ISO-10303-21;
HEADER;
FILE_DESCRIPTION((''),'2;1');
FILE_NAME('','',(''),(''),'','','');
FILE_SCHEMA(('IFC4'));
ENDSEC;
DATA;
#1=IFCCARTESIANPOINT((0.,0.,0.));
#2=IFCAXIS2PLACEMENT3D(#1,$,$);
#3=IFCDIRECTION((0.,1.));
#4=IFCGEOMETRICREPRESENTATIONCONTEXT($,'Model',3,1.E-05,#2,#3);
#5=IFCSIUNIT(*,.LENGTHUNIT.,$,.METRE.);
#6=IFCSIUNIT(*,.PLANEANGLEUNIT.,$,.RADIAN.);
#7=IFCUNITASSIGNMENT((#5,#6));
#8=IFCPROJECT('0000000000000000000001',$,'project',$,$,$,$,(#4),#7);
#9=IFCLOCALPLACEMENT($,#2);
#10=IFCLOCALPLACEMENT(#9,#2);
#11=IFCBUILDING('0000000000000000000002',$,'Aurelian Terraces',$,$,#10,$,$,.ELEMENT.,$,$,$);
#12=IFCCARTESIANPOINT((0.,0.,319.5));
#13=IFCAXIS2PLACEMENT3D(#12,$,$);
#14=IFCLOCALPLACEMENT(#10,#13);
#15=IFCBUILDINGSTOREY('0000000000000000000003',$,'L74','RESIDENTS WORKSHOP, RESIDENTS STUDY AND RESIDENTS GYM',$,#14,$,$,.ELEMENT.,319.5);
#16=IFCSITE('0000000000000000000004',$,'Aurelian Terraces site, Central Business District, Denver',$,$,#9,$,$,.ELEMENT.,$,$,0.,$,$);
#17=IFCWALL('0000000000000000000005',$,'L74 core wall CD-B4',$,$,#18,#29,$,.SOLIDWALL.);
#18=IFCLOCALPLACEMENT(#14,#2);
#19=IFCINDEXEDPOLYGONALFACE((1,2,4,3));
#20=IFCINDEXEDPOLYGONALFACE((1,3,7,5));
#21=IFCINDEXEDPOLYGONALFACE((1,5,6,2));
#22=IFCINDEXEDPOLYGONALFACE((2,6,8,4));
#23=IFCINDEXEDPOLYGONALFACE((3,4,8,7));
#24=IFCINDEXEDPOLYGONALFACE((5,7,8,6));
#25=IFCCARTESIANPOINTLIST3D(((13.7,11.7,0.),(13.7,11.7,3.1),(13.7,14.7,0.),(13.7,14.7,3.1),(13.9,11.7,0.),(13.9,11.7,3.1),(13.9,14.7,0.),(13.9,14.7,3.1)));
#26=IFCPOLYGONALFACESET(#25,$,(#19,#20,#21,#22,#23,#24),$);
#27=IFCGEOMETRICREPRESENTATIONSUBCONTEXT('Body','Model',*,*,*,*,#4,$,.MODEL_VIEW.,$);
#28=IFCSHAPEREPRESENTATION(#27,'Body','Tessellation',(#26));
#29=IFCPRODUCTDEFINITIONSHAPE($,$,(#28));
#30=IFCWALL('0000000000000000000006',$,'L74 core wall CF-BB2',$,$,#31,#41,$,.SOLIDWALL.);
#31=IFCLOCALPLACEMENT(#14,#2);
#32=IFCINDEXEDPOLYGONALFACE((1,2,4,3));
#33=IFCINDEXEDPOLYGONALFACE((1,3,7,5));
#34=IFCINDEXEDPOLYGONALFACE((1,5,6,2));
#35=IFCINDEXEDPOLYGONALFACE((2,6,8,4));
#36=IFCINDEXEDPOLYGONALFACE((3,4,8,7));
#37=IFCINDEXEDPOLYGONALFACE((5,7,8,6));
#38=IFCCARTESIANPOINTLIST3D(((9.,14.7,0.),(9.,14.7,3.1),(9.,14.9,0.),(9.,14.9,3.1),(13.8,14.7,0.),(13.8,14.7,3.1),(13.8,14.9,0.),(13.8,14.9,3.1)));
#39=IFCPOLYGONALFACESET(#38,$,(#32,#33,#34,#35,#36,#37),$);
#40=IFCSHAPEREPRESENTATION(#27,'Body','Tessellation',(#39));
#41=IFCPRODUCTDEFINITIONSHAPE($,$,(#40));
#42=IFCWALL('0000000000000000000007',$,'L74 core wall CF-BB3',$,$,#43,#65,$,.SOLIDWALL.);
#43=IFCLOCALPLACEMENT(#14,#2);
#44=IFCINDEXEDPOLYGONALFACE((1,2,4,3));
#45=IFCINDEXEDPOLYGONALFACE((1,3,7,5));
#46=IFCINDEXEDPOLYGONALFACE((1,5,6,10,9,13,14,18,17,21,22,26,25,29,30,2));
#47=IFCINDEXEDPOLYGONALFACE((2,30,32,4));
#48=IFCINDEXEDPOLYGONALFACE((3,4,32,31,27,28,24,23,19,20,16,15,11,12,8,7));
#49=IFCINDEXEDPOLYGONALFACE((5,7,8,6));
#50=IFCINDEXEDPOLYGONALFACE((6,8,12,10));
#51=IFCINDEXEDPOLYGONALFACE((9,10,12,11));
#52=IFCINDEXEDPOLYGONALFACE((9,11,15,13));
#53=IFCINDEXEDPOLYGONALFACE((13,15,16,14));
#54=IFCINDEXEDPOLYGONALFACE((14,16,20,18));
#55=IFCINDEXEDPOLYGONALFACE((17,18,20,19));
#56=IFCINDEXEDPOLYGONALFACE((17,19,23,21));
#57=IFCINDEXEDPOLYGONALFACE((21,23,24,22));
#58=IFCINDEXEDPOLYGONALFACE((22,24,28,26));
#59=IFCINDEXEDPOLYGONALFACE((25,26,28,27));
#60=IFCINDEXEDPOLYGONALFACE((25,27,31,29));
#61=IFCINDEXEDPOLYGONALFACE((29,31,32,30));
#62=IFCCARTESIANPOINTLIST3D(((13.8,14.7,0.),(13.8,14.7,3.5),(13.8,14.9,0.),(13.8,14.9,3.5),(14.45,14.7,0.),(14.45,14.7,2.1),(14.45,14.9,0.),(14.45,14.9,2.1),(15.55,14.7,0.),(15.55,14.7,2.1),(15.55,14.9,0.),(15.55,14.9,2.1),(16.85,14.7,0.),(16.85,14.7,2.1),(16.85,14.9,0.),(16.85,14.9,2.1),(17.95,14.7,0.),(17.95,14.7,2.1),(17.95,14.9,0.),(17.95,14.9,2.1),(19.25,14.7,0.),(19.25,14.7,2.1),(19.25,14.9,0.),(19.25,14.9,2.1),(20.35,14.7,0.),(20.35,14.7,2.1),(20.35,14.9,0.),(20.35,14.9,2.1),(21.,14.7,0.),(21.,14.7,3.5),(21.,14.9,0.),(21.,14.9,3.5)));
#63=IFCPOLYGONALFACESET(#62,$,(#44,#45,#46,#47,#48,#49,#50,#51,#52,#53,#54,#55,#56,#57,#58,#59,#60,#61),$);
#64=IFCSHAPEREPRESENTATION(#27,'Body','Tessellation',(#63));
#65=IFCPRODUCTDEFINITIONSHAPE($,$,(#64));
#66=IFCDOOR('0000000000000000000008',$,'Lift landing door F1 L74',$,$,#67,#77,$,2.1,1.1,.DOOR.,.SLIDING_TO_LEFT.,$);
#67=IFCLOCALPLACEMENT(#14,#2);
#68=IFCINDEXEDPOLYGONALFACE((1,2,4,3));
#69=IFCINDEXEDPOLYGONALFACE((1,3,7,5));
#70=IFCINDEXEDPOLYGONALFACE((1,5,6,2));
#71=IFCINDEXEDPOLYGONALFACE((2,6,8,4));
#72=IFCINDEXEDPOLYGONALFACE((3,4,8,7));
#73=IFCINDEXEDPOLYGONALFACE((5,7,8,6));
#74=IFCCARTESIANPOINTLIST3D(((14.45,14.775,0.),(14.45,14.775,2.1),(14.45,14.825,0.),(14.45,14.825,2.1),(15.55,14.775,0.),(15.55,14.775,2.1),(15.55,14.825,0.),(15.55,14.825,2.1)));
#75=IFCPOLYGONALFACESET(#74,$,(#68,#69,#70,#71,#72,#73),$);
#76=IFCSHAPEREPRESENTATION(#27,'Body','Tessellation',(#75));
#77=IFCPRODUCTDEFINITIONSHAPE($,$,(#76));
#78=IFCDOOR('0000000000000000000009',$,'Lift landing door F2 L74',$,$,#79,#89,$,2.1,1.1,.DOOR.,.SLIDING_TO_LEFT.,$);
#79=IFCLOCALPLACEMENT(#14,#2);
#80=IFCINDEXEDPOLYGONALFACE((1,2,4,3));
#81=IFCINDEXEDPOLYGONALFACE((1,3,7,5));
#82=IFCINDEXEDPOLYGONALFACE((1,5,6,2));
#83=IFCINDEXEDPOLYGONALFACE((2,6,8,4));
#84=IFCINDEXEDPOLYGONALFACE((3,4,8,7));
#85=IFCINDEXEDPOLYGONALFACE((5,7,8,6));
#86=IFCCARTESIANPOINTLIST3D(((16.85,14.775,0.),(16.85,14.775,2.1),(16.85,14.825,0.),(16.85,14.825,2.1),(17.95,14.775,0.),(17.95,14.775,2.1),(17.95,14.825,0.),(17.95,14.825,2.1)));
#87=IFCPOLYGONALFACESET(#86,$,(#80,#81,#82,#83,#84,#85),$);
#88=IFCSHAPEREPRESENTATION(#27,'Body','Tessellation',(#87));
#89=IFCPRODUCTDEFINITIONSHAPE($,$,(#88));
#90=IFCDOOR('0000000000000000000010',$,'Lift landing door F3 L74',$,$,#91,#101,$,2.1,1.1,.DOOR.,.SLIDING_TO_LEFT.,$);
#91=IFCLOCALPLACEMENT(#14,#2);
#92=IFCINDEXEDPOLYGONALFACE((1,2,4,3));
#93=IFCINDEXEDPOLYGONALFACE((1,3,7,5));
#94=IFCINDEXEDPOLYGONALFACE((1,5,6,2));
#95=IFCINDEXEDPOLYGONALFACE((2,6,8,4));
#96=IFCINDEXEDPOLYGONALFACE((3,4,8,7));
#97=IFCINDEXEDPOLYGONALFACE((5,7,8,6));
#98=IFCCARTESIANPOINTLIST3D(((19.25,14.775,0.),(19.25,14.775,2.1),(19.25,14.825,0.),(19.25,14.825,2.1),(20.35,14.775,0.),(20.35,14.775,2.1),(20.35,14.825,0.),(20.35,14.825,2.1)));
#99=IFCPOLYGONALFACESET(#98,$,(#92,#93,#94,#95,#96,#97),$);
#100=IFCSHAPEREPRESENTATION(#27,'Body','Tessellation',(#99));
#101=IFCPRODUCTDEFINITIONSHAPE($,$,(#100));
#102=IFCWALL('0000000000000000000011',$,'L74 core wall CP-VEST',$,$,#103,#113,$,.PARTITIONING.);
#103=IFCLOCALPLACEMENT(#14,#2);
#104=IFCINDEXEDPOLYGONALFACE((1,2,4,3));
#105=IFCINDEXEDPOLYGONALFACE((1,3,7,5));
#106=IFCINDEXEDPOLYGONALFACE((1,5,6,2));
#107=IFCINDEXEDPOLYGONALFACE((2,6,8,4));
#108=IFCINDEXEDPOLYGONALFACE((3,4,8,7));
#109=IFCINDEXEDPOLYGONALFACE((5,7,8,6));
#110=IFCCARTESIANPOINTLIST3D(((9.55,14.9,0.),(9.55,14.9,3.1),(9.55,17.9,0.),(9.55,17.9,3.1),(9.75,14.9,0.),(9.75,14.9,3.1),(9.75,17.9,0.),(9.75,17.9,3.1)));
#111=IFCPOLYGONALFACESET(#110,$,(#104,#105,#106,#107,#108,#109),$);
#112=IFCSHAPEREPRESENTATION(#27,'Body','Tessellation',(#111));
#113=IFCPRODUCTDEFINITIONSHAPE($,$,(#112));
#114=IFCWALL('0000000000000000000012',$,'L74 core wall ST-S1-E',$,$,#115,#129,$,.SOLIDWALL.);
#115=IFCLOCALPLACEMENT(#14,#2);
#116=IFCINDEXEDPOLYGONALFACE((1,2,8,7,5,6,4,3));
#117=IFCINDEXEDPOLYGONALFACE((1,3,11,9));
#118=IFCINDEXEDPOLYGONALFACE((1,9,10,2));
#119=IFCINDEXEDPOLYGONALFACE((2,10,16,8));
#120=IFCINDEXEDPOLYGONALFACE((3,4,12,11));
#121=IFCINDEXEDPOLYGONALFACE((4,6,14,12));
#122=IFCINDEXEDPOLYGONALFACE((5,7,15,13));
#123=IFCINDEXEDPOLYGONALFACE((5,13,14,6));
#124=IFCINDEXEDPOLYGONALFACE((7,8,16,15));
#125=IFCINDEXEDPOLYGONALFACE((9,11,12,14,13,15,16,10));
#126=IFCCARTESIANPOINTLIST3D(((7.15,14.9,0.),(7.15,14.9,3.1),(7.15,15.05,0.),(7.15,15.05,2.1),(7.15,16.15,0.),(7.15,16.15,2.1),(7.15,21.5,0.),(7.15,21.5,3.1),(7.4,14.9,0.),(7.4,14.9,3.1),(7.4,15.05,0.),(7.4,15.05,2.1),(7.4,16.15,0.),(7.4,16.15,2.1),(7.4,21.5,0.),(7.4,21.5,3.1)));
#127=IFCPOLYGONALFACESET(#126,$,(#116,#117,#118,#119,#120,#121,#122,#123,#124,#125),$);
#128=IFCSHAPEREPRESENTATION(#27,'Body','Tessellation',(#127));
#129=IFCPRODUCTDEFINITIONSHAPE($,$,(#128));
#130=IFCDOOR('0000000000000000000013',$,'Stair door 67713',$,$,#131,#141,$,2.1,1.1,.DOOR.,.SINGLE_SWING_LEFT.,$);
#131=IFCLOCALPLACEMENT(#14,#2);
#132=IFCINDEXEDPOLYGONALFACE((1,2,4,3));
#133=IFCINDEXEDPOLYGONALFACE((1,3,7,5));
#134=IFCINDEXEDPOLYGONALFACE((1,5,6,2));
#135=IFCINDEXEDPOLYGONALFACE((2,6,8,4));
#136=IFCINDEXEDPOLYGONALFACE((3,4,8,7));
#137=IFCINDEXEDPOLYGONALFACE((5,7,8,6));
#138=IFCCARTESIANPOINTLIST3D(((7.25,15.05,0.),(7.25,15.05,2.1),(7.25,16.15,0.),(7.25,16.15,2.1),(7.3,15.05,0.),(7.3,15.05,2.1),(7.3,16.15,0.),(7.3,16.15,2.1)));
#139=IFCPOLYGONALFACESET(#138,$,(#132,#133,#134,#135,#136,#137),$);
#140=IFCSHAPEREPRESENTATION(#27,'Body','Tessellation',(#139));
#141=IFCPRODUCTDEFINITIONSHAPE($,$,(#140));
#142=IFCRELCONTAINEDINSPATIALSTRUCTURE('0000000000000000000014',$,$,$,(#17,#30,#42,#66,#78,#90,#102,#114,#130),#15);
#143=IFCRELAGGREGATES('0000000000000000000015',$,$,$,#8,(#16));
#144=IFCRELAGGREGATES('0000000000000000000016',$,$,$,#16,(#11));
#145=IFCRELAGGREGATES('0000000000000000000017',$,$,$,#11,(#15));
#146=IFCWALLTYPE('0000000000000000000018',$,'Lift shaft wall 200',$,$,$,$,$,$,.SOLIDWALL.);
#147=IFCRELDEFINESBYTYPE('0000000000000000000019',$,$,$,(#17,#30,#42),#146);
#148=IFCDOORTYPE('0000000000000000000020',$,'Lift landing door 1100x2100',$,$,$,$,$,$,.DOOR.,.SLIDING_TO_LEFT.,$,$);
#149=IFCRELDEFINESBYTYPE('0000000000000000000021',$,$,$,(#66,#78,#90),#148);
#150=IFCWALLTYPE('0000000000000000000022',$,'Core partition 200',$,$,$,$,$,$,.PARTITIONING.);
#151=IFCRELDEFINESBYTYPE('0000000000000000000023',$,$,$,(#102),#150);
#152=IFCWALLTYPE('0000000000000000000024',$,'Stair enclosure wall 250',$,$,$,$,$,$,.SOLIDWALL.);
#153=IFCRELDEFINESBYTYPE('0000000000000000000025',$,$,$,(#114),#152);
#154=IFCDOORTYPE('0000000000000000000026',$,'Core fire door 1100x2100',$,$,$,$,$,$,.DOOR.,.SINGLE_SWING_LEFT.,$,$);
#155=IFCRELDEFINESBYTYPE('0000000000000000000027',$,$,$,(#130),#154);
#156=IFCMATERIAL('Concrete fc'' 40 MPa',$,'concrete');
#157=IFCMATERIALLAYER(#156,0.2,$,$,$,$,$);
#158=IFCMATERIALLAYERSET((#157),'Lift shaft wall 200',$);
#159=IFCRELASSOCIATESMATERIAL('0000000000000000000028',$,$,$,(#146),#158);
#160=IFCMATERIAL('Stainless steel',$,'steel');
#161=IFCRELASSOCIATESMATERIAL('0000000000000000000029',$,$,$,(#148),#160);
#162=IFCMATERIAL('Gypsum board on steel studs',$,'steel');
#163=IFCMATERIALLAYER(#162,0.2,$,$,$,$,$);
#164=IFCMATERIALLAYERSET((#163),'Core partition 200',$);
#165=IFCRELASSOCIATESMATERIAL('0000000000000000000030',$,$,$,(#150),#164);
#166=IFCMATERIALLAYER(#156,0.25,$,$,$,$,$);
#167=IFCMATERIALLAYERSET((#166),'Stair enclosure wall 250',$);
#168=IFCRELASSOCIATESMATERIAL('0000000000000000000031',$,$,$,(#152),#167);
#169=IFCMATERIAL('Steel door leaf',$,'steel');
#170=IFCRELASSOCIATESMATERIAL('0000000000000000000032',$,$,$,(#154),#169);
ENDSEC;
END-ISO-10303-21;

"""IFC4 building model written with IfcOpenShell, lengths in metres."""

from ifc_helpers import new_model, si_unit, direction, frame, frame_2d, origin, place, context, subcontext, project, spatial, rectangle, extrude, source, transform, mapped, material, layer, layer_set, type_object, element, fill, save


model = new_model("IFC4")

# Units and contexts
model_context = context("Model", 3, precision=1e-05, world=origin(), true_north=direction((0.0, 1.0)))
body_context = subcontext(model_context, "Body", "Model", "MODEL_VIEW")
ifc_project = project(units=[si_unit("LENGTHUNIT", "METRE"), si_unit("PLANEANGLEUNIT", "RADIAN")], contexts=[model_context])

# Site, building, storey
site_placement = place(None, origin())
site = spatial("IfcSite", under=ifc_project, at=site_placement, Name="Aurelian Terraces site, Central Business District, Denver", CompositionType="ELEMENT", RefElevation=0.0)
building_placement = place(site_placement, origin())
building = spatial("IfcBuilding", under=site, at=building_placement, Name="Aurelian Terraces", CompositionType="ELEMENT")
storey_placement = place(building_placement, frame((0.0, 0.0, 319.5)))
storey = spatial("IfcBuildingStorey", under=building, at=storey_placement, Name="L74", Description="RESIDENTS WORKSHOP, RESIDENTS STUDY AND RESIDENTS GYM", CompositionType="ELEMENT", Elevation=319.5)

# Walls
ifc_material_1 = material(Name="Concrete fc' 40 MPa", Category="concrete")
ifc_layer_1 = layer(ifc_material_1, 0.2)
ifc_layer_set_1 = layer_set([ifc_layer_1], Name="Lift shaft wall 200")
wall_type_1 = type_object("IfcWallType", Name="Lift shaft wall 200", PredefinedType="SOLIDWALL", material=ifc_layer_set_1)
shared_shape_1 = source(origin(), body_context, "Body", "SweptSolid", [
    extrude(rectangle(XDim=3.0, YDim=0.2, at=frame_2d((1.5, 0.0))), origin(), (0.0, 0.0, 1.0), 3.1),
])
wall_1_placement = place(storey_placement, frame((13.8, 11.7, 0.0), z_axis=(0.0, 0.0, 1.0), x_axis=(0.0, 1.0, 0.0)))
element("IfcWall", 1, at=wall_1_placement, inside=storey, type_object=wall_type_1, Name="L74 core wall CD-B4", PredefinedType="SOLIDWALL", context=body_context, shape_type="MappedRepresentation", body=[
    mapped(shared_shape_1, transform((0.0, 0.0, 0.0), scale=1.0)),
])
shared_shape_2 = source(origin(), body_context, "Body", "SweptSolid", [
    extrude(rectangle(XDim=4.8, YDim=0.2, at=frame_2d((2.4, 0.0))), origin(), (0.0, 0.0, 1.0), 3.1),
])
wall_2_placement = place(storey_placement, frame((9.0, 14.8, 0.0), z_axis=(0.0, 0.0, 1.0), x_axis=(1.0, 0.0, 0.0)))
element("IfcWall", 2, at=wall_2_placement, inside=storey, type_object=wall_type_1, Name="L74 core wall CF-BB2", PredefinedType="SOLIDWALL", context=body_context, shape_type="MappedRepresentation", body=[
    mapped(shared_shape_2, transform((0.0, 0.0, 0.0), scale=1.0)),
])

# Wall, openings, doors
shared_shape_3 = source(origin(), body_context, "Body", "SweptSolid", [
    extrude(rectangle(XDim=7.2, YDim=0.2, at=frame_2d((3.6, 0.0))), origin(), (0.0, 0.0, 1.0), 3.5),
])
wall_3_placement = place(storey_placement, frame((13.8, 14.8, 0.0), z_axis=(0.0, 0.0, 1.0), x_axis=(1.0, 0.0, 0.0)))
wall_3 = element("IfcWall", 3, at=wall_3_placement, inside=storey, type_object=wall_type_1, Name="L74 core wall CF-BB3", PredefinedType="SOLIDWALL", context=body_context, shape_type="MappedRepresentation", body=[
    mapped(shared_shape_3, transform((0.0, 0.0, 0.0), scale=1.0)),
])
shared_shape_4 = source(origin(), body_context, "Body", "SweptSolid", [
    extrude(rectangle(XDim=1.1, YDim=2.1, at=frame_2d((0.55, 1.05))), frame((0.0, 0.11, 0.0), z_axis=(0.0, -1.0, 0.0), x_axis=(1.0, 0.0, 0.0)), (0.0, 0.0, 1.0), 0.22),
])
opening_1_placement = place(wall_3_placement, frame((0.65, 0.0, 0.0)))
opening_1 = element("IfcOpeningElement", 4, at=opening_1_placement, cuts=wall_3, PredefinedType="OPENING", context=body_context, shape_type="MappedRepresentation", body=[
    mapped(shared_shape_4, transform((0.0, 0.0, 0.0), scale=1.0)),
])
opening_2_placement = place(wall_3_placement, frame((3.05, 0.0, 0.0)))
opening_2 = element("IfcOpeningElement", 5, at=opening_2_placement, cuts=wall_3, PredefinedType="OPENING", context=body_context, shape_type="MappedRepresentation", body=[
    mapped(shared_shape_4, transform((0.0, 0.0, 0.0), scale=1.0)),
])
opening_3_placement = place(wall_3_placement, frame((5.45, 0.0, 0.0)))
opening_3 = element("IfcOpeningElement", 6, at=opening_3_placement, cuts=wall_3, PredefinedType="OPENING", context=body_context, shape_type="MappedRepresentation", body=[
    mapped(shared_shape_4, transform((0.0, 0.0, 0.0), scale=1.0)),
])
ifc_material_2 = material(Name="Stainless steel", Category="steel")
door_type_1 = type_object("IfcDoorType", Name="Lift landing door 1100x2100", OperationType="SLIDING_TO_LEFT", PredefinedType="DOOR", material=ifc_material_2)
shared_shape_5 = source(origin(), body_context, "Body", "SweptSolid", [
    extrude(rectangle(XDim=1.1, YDim=2.1, at=frame_2d((0.55, 1.05))), frame((0.0, 0.025, 0.0), z_axis=(0.0, -1.0, 0.0), x_axis=(1.0, 0.0, 0.0)), (0.0, 0.0, 1.0), 0.05),
])
door_1_placement = place(opening_1_placement, origin())
door_1 = element("IfcDoor", 7, at=door_1_placement, inside=storey, type_object=door_type_1, Name="Lift landing door F1 L74", OperationType="SLIDING_TO_LEFT", OverallHeight=2.1, OverallWidth=1.1, PredefinedType="DOOR", context=body_context, shape_type="MappedRepresentation", body=[
    mapped(shared_shape_5, transform((0.0, 0.0, 0.0), scale=1.0)),
])
fill(opening_1, door_1)
door_2_placement = place(opening_2_placement, origin())
door_2 = element("IfcDoor", 8, at=door_2_placement, inside=storey, type_object=door_type_1, Name="Lift landing door F2 L74", OperationType="SLIDING_TO_LEFT", OverallHeight=2.1, OverallWidth=1.1, PredefinedType="DOOR", context=body_context, shape_type="MappedRepresentation", body=[
    mapped(shared_shape_5, transform((0.0, 0.0, 0.0), scale=1.0)),
])
fill(opening_2, door_2)
door_3_placement = place(opening_3_placement, origin())
door_3 = element("IfcDoor", 9, at=door_3_placement, inside=storey, type_object=door_type_1, Name="Lift landing door F3 L74", OperationType="SLIDING_TO_LEFT", OverallHeight=2.1, OverallWidth=1.1, PredefinedType="DOOR", context=body_context, shape_type="MappedRepresentation", body=[
    mapped(shared_shape_5, transform((0.0, 0.0, 0.0), scale=1.0)),
])
fill(opening_3, door_3)

# Wall
ifc_material_3 = material(Name="Gypsum board on steel studs", Category="steel")
ifc_layer_2 = layer(ifc_material_3, 0.2)
ifc_layer_set_2 = layer_set([ifc_layer_2], Name="Core partition 200")
wall_type_2 = type_object("IfcWallType", Name="Core partition 200", PredefinedType="PARTITIONING", material=ifc_layer_set_2)
shared_shape_6 = source(origin(), body_context, "Body", "SweptSolid", [
    extrude(rectangle(XDim=3.0, YDim=0.2, at=frame_2d((1.5, 0.0))), origin(), (0.0, 0.0, 1.0), 3.1),
])
wall_4_placement = place(storey_placement, frame((9.65, 14.9, 0.0), z_axis=(0.0, 0.0, 1.0), x_axis=(0.0, 1.0, 0.0)))
element("IfcWall", 10, at=wall_4_placement, inside=storey, type_object=wall_type_2, Name="L74 core wall CP-VEST", PredefinedType="PARTITIONING", context=body_context, shape_type="MappedRepresentation", body=[
    mapped(shared_shape_6, transform((0.0, 0.0, 0.0), scale=1.0)),
])

# Wall, opening, door
ifc_layer_3 = layer(ifc_material_1, 0.25)
ifc_layer_set_3 = layer_set([ifc_layer_3], Name="Stair enclosure wall 250")
wall_type_3 = type_object("IfcWallType", Name="Stair enclosure wall 250", PredefinedType="SOLIDWALL", material=ifc_layer_set_3)
shared_shape_7 = source(origin(), body_context, "Body", "SweptSolid", [
    extrude(rectangle(XDim=6.6, YDim=0.25, at=frame_2d((3.3, 0.0))), origin(), (0.0, 0.0, 1.0), 3.1),
])
wall_5_placement = place(storey_placement, frame((7.275, 14.9, 0.0), z_axis=(0.0, 0.0, 1.0), x_axis=(0.0, 1.0, 0.0)))
wall_5 = element("IfcWall", 11, at=wall_5_placement, inside=storey, type_object=wall_type_3, Name="L74 core wall ST-S1-E", PredefinedType="SOLIDWALL", context=body_context, shape_type="MappedRepresentation", body=[
    mapped(shared_shape_7, transform((0.0, 0.0, 0.0), scale=1.0)),
])
shared_shape_8 = source(origin(), body_context, "Body", "SweptSolid", [
    extrude(rectangle(XDim=1.1, YDim=2.1, at=frame_2d((0.55, 1.05))), frame((0.0, 0.135, 0.0), z_axis=(0.0, -1.0, 0.0), x_axis=(1.0, 0.0, 0.0)), (0.0, 0.0, 1.0), 0.27),
])
opening_4_placement = place(wall_5_placement, frame((0.15, 0.0, 0.0)))
opening_4 = element("IfcOpeningElement", 12, at=opening_4_placement, cuts=wall_5, PredefinedType="OPENING", context=body_context, shape_type="MappedRepresentation", body=[
    mapped(shared_shape_8, transform((0.0, 0.0, 0.0), scale=1.0)),
])
ifc_material_4 = material(Name="Steel door leaf", Category="steel")
door_type_2 = type_object("IfcDoorType", Name="Core fire door 1100x2100", OperationType="SINGLE_SWING_LEFT", PredefinedType="DOOR", material=ifc_material_4)
door_4_placement = place(opening_4_placement, origin())
door_4 = element("IfcDoor", 13, at=door_4_placement, inside=storey, type_object=door_type_2, Name="Stair door 67713", OperationType="SINGLE_SWING_LEFT", OverallHeight=2.1, OverallWidth=1.1, PredefinedType="DOOR", context=body_context, shape_type="MappedRepresentation", body=[
    mapped(shared_shape_5, transform((0.0, 0.0, 0.0), scale=1.0)),
])
fill(opening_4, door_4)

save(model, "model.ifc")
